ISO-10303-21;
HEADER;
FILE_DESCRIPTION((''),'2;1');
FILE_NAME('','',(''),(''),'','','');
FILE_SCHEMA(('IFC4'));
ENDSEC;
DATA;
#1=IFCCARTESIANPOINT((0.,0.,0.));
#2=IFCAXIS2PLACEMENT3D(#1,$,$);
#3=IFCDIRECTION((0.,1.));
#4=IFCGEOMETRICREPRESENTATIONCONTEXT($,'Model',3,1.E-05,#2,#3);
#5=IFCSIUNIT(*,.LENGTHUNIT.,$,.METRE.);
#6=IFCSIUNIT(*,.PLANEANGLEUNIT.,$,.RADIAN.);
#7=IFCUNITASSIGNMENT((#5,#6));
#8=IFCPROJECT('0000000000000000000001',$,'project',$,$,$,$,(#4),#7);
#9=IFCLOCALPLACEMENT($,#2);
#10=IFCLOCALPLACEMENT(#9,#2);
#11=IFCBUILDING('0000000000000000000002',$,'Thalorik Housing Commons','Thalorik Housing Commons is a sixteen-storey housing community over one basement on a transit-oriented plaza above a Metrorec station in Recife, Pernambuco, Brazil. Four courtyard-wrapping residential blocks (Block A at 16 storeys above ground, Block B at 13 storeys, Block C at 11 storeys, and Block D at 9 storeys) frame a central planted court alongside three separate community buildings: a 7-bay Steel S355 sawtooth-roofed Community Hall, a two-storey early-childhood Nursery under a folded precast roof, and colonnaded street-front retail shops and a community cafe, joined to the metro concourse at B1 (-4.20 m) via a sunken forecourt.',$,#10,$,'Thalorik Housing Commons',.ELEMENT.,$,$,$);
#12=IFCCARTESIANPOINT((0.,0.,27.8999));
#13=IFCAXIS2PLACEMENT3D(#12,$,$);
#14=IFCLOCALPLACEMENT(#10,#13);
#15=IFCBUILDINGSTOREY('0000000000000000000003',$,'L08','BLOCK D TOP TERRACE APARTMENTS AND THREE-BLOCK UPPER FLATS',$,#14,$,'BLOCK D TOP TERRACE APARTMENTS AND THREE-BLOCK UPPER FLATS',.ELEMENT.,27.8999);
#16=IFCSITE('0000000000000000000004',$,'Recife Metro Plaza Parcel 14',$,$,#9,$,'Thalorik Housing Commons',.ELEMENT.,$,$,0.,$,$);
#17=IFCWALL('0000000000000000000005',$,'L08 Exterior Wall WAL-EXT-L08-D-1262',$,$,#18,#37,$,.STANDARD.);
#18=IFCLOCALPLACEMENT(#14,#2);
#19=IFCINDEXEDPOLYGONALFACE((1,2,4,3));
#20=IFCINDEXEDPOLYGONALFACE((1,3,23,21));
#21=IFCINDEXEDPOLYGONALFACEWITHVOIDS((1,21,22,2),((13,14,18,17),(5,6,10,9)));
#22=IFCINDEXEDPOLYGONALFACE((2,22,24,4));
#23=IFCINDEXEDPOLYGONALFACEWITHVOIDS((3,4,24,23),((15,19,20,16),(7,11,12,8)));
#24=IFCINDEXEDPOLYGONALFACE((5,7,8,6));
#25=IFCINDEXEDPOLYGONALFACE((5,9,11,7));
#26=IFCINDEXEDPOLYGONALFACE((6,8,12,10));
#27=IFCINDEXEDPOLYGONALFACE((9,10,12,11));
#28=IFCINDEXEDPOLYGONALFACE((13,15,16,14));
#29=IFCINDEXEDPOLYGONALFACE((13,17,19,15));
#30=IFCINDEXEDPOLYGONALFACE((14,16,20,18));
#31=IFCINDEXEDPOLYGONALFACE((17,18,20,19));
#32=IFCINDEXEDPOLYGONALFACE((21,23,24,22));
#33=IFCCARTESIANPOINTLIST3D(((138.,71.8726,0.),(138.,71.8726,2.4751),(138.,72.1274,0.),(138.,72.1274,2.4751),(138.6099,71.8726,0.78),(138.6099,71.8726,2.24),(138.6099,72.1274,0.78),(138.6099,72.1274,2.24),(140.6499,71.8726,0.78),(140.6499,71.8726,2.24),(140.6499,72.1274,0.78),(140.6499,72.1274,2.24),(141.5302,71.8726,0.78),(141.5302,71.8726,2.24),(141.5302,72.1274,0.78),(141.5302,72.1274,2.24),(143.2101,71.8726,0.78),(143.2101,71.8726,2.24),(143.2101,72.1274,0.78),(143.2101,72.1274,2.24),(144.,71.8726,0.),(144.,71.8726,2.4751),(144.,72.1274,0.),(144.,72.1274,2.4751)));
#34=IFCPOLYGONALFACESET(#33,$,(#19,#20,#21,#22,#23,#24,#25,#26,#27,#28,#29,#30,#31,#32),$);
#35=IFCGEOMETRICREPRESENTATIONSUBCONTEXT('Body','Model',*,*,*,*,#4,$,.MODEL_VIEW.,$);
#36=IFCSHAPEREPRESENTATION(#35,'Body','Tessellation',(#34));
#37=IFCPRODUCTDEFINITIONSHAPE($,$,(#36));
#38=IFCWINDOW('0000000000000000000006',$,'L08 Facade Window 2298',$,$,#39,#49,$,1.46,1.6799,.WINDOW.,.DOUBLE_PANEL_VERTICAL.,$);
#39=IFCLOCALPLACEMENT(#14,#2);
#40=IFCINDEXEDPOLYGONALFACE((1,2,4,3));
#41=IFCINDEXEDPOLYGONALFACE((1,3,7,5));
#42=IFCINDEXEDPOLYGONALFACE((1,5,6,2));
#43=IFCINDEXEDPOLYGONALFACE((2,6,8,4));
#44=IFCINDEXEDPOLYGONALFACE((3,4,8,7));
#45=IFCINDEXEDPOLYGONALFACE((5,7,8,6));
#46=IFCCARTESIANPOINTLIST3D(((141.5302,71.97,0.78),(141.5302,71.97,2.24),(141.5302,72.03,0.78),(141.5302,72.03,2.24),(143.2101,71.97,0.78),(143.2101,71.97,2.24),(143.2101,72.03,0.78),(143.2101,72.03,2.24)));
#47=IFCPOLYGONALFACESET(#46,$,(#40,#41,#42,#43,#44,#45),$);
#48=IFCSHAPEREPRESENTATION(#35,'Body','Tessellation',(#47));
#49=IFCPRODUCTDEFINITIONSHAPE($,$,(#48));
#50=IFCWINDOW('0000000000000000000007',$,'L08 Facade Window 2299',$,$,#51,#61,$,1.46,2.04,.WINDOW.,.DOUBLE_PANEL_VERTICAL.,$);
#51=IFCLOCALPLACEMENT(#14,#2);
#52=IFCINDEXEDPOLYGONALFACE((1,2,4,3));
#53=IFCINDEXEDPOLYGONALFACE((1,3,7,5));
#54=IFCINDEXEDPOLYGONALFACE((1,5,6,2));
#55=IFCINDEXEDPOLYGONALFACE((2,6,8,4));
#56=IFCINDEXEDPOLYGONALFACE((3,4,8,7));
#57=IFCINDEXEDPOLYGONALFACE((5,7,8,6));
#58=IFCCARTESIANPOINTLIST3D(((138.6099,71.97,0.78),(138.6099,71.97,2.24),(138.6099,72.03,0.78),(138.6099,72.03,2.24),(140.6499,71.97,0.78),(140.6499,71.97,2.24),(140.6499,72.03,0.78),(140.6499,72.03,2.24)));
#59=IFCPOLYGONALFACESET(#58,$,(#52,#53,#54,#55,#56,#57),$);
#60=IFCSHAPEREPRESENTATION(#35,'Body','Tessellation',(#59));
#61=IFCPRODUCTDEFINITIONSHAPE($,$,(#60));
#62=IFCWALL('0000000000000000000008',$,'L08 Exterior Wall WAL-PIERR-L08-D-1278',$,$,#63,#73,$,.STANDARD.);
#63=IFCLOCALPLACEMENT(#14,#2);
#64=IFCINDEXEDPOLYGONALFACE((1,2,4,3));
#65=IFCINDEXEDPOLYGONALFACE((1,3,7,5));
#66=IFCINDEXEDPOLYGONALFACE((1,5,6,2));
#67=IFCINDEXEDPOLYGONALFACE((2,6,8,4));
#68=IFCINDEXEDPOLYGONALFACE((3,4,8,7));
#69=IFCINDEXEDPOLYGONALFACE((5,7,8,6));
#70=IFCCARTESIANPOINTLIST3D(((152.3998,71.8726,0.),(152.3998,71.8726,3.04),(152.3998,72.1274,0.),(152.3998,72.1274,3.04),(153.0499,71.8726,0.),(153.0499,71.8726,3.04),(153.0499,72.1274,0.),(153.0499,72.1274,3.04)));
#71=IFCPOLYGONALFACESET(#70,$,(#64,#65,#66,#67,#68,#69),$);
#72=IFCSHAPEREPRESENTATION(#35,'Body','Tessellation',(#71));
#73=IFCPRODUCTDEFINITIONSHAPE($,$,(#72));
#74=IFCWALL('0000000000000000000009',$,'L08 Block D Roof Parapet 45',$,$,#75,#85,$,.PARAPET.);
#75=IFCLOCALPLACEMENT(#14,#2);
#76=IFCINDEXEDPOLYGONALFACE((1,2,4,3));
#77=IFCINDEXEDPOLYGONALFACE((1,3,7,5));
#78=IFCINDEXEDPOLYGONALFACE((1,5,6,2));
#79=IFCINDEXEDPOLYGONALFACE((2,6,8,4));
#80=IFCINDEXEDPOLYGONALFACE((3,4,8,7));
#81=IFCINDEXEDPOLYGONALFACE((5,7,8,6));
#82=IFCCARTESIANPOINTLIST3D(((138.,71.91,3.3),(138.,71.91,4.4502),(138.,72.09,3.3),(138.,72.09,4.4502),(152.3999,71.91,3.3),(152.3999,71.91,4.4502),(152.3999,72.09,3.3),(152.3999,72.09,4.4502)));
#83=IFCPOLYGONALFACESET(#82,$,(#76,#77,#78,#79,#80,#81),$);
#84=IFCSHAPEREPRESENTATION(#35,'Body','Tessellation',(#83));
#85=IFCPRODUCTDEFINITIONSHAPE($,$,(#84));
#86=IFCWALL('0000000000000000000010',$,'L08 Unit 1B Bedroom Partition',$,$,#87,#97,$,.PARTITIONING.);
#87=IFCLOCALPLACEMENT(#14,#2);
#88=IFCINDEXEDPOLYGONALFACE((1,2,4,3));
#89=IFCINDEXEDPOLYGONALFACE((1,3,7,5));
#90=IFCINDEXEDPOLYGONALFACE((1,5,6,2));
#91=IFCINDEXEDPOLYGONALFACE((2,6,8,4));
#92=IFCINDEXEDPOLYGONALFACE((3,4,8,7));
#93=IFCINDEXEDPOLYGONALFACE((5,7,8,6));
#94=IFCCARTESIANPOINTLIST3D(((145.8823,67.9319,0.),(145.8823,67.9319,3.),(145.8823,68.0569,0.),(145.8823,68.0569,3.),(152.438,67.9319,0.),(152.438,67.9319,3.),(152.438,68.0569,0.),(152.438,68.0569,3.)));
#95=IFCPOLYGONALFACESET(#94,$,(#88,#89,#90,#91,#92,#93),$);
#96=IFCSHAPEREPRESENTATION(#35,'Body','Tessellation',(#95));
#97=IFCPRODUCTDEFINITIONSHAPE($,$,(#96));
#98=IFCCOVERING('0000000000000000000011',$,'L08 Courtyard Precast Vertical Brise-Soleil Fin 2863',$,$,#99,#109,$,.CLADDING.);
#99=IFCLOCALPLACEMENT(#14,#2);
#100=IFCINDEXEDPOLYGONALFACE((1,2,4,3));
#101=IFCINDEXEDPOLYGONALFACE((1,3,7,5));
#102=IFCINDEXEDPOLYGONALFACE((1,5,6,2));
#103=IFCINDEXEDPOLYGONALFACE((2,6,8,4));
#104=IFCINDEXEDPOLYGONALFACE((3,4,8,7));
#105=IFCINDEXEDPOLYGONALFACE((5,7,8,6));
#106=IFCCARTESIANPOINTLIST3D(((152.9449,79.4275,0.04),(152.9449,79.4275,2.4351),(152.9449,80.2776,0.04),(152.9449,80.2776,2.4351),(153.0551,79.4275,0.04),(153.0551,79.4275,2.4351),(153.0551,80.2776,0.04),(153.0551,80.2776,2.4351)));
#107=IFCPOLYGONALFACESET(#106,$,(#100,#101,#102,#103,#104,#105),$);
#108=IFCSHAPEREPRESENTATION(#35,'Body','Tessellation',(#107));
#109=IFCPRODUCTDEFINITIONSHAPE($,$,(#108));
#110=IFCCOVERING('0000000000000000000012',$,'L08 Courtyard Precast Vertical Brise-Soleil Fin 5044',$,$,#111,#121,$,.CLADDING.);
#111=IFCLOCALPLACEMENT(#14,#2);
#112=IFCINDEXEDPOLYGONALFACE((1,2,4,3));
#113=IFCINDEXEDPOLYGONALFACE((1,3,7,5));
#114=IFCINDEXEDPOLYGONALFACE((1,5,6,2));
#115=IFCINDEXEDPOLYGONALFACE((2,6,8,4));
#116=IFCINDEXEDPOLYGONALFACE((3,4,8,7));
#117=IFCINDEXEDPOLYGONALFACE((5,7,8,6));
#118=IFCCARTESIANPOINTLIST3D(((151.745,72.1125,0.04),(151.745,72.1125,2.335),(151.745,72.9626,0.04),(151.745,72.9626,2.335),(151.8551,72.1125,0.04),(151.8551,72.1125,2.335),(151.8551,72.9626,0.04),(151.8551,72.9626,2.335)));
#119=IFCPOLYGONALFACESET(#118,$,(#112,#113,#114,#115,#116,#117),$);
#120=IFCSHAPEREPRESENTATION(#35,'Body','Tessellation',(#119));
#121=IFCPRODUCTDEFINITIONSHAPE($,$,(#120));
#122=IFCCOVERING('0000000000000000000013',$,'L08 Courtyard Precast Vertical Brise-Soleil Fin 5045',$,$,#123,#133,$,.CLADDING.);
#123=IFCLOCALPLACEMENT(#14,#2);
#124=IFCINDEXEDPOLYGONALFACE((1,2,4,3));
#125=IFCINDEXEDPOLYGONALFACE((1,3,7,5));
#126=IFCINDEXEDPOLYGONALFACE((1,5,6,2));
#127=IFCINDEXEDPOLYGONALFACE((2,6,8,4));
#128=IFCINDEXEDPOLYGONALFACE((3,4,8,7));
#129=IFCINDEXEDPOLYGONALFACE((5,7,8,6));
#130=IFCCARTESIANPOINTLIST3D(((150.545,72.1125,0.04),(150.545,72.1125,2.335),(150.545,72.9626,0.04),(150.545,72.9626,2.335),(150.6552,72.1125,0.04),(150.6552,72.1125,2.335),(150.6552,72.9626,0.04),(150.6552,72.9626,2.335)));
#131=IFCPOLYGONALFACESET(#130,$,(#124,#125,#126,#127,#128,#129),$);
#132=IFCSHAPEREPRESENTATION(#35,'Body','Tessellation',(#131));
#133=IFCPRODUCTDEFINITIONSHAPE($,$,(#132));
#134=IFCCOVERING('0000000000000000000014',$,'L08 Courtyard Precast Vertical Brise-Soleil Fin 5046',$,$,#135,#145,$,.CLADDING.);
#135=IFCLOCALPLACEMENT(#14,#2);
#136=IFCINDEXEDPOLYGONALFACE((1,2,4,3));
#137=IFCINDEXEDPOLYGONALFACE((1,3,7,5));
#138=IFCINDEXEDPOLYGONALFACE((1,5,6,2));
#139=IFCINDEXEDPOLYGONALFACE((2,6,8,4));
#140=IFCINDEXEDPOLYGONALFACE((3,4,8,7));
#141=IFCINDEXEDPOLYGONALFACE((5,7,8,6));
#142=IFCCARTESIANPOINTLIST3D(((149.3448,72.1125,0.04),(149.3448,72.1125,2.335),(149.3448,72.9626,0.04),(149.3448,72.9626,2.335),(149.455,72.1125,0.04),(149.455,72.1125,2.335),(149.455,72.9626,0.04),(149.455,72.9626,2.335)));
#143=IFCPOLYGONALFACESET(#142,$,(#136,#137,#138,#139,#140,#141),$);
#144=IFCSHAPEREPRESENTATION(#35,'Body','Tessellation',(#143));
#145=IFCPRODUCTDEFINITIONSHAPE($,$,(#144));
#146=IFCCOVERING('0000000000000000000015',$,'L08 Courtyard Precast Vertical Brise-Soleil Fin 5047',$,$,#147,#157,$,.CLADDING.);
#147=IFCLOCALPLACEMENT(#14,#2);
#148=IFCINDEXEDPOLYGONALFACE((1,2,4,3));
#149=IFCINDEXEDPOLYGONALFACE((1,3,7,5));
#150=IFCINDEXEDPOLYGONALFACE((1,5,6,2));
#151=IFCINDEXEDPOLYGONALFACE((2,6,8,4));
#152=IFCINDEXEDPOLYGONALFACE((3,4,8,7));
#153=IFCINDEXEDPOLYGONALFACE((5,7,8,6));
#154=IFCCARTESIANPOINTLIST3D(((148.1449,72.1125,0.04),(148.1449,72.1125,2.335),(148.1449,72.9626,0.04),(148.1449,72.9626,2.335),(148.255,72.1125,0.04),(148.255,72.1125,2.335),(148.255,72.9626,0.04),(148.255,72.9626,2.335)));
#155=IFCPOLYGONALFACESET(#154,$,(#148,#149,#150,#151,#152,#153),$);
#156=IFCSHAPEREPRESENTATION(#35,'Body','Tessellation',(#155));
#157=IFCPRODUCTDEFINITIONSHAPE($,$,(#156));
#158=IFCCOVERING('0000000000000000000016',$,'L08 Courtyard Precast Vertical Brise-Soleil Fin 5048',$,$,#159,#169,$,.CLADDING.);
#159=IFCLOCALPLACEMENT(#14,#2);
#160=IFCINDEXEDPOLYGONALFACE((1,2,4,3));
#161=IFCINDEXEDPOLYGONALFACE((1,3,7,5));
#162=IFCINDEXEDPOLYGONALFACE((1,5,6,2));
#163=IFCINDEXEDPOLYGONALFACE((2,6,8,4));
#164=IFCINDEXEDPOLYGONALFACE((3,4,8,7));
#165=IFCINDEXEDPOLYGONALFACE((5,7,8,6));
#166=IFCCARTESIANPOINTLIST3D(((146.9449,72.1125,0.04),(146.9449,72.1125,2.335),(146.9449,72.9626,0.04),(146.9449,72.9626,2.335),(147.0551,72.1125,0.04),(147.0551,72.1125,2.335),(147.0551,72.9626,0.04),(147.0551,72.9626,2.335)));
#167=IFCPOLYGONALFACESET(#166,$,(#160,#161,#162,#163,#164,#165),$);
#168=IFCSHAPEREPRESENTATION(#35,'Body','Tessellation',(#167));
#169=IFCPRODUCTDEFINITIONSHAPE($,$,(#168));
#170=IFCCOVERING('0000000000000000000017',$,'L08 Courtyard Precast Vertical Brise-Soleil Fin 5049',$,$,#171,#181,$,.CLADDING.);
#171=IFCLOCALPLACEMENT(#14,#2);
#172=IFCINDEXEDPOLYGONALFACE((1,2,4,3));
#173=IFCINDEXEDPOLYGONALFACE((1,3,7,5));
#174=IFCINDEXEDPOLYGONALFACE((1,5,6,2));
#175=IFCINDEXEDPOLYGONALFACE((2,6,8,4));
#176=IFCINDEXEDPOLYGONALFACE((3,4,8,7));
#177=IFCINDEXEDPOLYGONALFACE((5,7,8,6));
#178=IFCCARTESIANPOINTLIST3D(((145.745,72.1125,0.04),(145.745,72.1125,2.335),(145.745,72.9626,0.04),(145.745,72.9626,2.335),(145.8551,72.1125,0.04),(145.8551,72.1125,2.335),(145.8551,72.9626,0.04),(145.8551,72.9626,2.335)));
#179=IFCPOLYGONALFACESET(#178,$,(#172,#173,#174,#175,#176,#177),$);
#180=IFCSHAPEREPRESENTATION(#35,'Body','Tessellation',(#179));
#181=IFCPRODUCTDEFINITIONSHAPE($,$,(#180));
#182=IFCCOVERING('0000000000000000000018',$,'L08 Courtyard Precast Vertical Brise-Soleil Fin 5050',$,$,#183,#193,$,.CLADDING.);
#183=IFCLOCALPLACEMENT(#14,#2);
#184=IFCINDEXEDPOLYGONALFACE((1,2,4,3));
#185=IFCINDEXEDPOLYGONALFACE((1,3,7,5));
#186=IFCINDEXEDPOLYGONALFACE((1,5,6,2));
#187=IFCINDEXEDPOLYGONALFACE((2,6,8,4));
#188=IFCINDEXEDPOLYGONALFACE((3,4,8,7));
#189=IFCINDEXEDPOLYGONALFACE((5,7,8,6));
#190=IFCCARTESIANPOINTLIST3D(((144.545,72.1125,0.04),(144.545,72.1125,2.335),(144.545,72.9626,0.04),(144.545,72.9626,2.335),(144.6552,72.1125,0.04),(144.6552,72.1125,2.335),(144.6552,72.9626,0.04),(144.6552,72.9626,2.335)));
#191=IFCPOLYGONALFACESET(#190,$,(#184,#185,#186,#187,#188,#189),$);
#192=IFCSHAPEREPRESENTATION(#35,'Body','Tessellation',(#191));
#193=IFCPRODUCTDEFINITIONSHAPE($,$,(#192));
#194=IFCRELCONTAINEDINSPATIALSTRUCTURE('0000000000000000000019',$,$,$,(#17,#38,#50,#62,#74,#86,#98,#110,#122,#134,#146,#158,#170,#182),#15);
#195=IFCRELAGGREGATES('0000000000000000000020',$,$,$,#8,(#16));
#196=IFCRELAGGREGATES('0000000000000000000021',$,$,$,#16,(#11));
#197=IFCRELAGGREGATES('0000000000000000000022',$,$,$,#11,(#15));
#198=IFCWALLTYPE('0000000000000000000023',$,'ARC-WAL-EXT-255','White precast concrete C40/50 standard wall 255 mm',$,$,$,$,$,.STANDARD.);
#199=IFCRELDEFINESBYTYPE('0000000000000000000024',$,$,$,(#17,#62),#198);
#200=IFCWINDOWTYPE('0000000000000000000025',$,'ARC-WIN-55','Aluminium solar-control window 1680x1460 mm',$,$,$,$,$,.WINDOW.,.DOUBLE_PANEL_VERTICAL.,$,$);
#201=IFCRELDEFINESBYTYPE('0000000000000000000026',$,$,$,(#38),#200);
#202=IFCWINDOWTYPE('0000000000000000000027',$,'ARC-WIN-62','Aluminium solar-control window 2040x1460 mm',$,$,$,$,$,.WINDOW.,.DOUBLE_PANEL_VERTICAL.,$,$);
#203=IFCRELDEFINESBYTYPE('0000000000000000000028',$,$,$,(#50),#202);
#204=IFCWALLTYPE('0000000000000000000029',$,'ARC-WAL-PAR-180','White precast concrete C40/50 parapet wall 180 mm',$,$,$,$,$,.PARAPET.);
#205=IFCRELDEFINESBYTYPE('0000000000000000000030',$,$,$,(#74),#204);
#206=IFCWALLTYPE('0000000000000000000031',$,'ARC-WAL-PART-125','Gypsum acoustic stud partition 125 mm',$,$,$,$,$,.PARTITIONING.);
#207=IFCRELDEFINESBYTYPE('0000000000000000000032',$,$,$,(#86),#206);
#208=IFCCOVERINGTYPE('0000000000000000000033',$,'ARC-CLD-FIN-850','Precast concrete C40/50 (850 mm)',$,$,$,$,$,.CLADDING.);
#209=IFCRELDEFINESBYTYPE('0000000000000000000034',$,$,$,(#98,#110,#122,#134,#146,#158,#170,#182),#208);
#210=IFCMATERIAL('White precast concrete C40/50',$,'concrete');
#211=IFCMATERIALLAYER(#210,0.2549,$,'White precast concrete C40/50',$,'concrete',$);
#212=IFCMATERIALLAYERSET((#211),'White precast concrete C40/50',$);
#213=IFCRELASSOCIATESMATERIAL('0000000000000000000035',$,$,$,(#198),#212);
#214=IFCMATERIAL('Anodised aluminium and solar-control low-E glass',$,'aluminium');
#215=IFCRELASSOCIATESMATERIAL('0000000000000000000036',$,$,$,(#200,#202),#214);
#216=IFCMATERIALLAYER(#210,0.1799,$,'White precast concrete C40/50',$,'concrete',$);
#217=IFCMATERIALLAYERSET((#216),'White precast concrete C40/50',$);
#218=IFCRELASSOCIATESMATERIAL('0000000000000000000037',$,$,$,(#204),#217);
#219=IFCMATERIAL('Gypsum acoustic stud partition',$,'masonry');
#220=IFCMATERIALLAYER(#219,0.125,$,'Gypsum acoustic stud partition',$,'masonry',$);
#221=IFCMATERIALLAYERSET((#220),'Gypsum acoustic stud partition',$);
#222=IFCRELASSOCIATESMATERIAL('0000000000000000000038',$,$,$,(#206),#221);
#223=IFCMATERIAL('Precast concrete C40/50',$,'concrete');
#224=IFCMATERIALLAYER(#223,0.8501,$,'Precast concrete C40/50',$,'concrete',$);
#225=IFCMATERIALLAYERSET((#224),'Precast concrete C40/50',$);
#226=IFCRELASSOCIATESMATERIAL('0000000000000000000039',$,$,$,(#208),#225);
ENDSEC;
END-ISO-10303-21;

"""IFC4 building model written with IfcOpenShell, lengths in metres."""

from ifc_helpers import new_model, si_unit, direction, frame, frame_2d, origin, origin_2d, place, context, subcontext, project, spatial, rectangle, extrude, material, layer, layer_set, type_object, element, fill, save


model = new_model("IFC4")

# Units and contexts
model_context = context("Model", 3, precision=1e-05, world=origin(), true_north=direction((0.0, 1.0)))
body_context = subcontext(model_context, "Body", "Model", "MODEL_VIEW")
ifc_project = project(units=[si_unit("LENGTHUNIT", "METRE"), si_unit("PLANEANGLEUNIT", "RADIAN")], contexts=[model_context])

# Site, building, storey
site_placement = place(None, origin())
site = spatial("IfcSite", under=ifc_project, at=site_placement, Name="Recife Metro Plaza Parcel 14", LongName="Thalorik Housing Commons", CompositionType="ELEMENT", RefElevation=0.0)
building_placement = place(site_placement, origin())
building = spatial("IfcBuilding", under=site, at=building_placement, Name="Thalorik Housing Commons", Description="Thalorik Housing Commons is a sixteen-storey housing community over one basement on a transit-oriented plaza above a Metrorec station in Recife, Pernambuco, Brazil. Four courtyard-wrapping residential blocks (Block A at 16 storeys above ground, Block B at 13 storeys, Block C at 11 storeys, and Block D at 9 storeys) frame a central planted court alongside three separate community buildings: a 7-bay Steel S355 sawtooth-roofed Community Hall, a two-storey early-childhood Nursery under a folded precast roof, and colonnaded street-front retail shops and a community cafe, joined to the metro concourse at B1 (-4.20 m) via a sunken forecourt.", LongName="Thalorik Housing Commons", CompositionType="ELEMENT")
storey_placement = place(building_placement, frame((0.0, 0.0, 27.8999)))
storey = spatial("IfcBuildingStorey", under=building, at=storey_placement, Name="L08", Description="BLOCK D TOP TERRACE APARTMENTS AND THREE-BLOCK UPPER FLATS", LongName="BLOCK D TOP TERRACE APARTMENTS AND THREE-BLOCK UPPER FLATS", CompositionType="ELEMENT", Elevation=27.8999)

# Shared definitions
ifc_material_1 = material(Name="Precast concrete C40/50", Category="concrete")

# Wall, openings, windows
ifc_material_2 = material(Name="White precast concrete C40/50", Category="concrete")
ifc_layer_1 = layer(ifc_material_2, 0.2549, Name="White precast concrete C40/50", Category="concrete")
ifc_layer_set_1 = layer_set([ifc_layer_1], Name="White precast concrete C40/50")
wall_type_1 = type_object("IfcWallType", Name="ARC-WAL-EXT-255", Description="White precast concrete C40/50 standard wall 255 mm", PredefinedType="STANDARD", material=ifc_layer_set_1)
ifc_material_3 = material(Name="Anodised aluminium and solar-control low-E glass", Category="aluminium")
wall_1_placement = place(storey_placement, frame((144.0, 72.0, 0.0), z_axis=(0.0, 0.0, 1.0), x_axis=(-1.0, 0.0, 0.0)))
wall_1 = element("IfcWall", 1, at=wall_1_placement, inside=storey, type_object=wall_type_1, Name="L08 Exterior Wall WAL-EXT-L08-D-1262", PredefinedType="STANDARD", context=body_context, shape_type="SweptSolid", body=[
    extrude(rectangle(XDim=6.0, YDim=0.2549, at=frame_2d((3.0, 0.0))), origin(), (0.0, 0.0, 1.0), 2.4751),
])
opening_1_placement = place(wall_1_placement, frame((0.79, 0.0, 0.78)))
opening_1 = element("IfcOpeningElement", 2, at=opening_1_placement, cuts=wall_1, PredefinedType="OPENING", context=body_context, shape_type="SweptSolid", body=[
    extrude(rectangle(XDim=1.6799, YDim=1.46, at=frame_2d((0.8398, 0.73))), frame((0.0, 0.1375, 0.0), z_axis=(0.0, -1.0, 0.0), x_axis=(1.0, 0.0, 0.0)), (0.0, 0.0, 1.0), 0.2749),
])
opening_2_placement = place(wall_1_placement, frame((3.3501, 0.0, 0.78)))
opening_2 = element("IfcOpeningElement", 3, at=opening_2_placement, cuts=wall_1, PredefinedType="OPENING", context=body_context, shape_type="SweptSolid", body=[
    extrude(rectangle(XDim=2.04, YDim=1.46, at=frame_2d((1.02, 0.73))), frame((0.0, 0.1375, 0.0), z_axis=(0.0, -1.0, 0.0), x_axis=(1.0, 0.0, 0.0)), (0.0, 0.0, 1.0), 0.2749),
])
window_type_1 = type_object("IfcWindowType", Name="ARC-WIN-55", Description="Aluminium solar-control window 1680x1460 mm", PartitioningType="DOUBLE_PANEL_VERTICAL", PredefinedType="WINDOW", material=ifc_material_3)
window_1_placement = place(opening_1_placement, origin())
window_1 = element("IfcWindow", 4, at=window_1_placement, inside=storey, type_object=window_type_1, Name="L08 Facade Window 2298", OverallHeight=1.46, OverallWidth=1.6799, PartitioningType="DOUBLE_PANEL_VERTICAL", PredefinedType="WINDOW", context=body_context, shape_type="SweptSolid", body=[
    extrude(rectangle(XDim=1.6799, YDim=1.46, at=frame_2d((0.8398, 0.73))), frame((0.0, 0.03, 0.0), z_axis=(0.0, -1.0, 0.0), x_axis=(1.0, 0.0, 0.0)), (0.0, 0.0, 1.0), 0.0601),
])
fill(opening_1, window_1)
window_type_2 = type_object("IfcWindowType", Name="ARC-WIN-62", Description="Aluminium solar-control window 2040x1460 mm", PartitioningType="DOUBLE_PANEL_VERTICAL", PredefinedType="WINDOW", material=ifc_material_3)
window_2_placement = place(opening_2_placement, origin())
window_2 = element("IfcWindow", 5, at=window_2_placement, inside=storey, type_object=window_type_2, Name="L08 Facade Window 2299", OverallHeight=1.46, OverallWidth=2.04, PartitioningType="DOUBLE_PANEL_VERTICAL", PredefinedType="WINDOW", context=body_context, shape_type="SweptSolid", body=[
    extrude(rectangle(XDim=2.04, YDim=1.46, at=frame_2d((1.02, 0.73))), frame((0.0, 0.03, 0.0), z_axis=(0.0, -1.0, 0.0), x_axis=(1.0, 0.0, 0.0)), (0.0, 0.0, 1.0), 0.0601),
])
fill(opening_2, window_2)

# Walls
wall_2_placement = place(storey_placement, frame((153.05, 72.0, 0.0), z_axis=(0.0, 0.0, 1.0), x_axis=(-1.0, 0.0, 0.0)))
element("IfcWall", 6, at=wall_2_placement, inside=storey, type_object=wall_type_1, Name="L08 Exterior Wall WAL-PIERR-L08-D-1278", PredefinedType="STANDARD", context=body_context, shape_type="SweptSolid", body=[
    extrude(rectangle(XDim=0.6501, YDim=0.2549, at=frame_2d((0.3252, 0.0))), origin(), (0.0, 0.0, 1.0), 3.04),
])
ifc_layer_2 = layer(ifc_material_2, 0.1799, Name="White precast concrete C40/50", Category="concrete")
ifc_layer_set_2 = layer_set([ifc_layer_2], Name="White precast concrete C40/50")
wall_type_2 = type_object("IfcWallType", Name="ARC-WAL-PAR-180", Description="White precast concrete C40/50 parapet wall 180 mm", PredefinedType="PARAPET", material=ifc_layer_set_2)
wall_3_placement = place(storey_placement, frame((152.3999, 72.0, 3.3), z_axis=(0.0, 0.0, 1.0), x_axis=(-1.0, 0.0, 0.0)))
element("IfcWall", 7, at=wall_3_placement, inside=storey, type_object=wall_type_2, Name="L08 Block D Roof Parapet 45", PredefinedType="PARAPET", context=body_context, shape_type="SweptSolid", body=[
    extrude(rectangle(XDim=14.3999, YDim=0.1799, at=frame_2d((7.2, 0.0))), origin(), (0.0, 0.0, 1.0), 1.1501),
])
ifc_material_4 = material(Name="Gypsum acoustic stud partition", Category="masonry")
ifc_layer_3 = layer(ifc_material_4, 0.125, Name="Gypsum acoustic stud partition", Category="masonry")
ifc_layer_set_3 = layer_set([ifc_layer_3], Name="Gypsum acoustic stud partition")
wall_type_3 = type_object("IfcWallType", Name="ARC-WAL-PART-125", Description="Gypsum acoustic stud partition 125 mm", PredefinedType="PARTITIONING", material=ifc_layer_set_3)
wall_4_placement = place(storey_placement, frame((145.8823, 67.9944, 0.0), z_axis=(0.0, 0.0, 1.0), x_axis=(1.0, 0.0, 0.0)))
element("IfcWall", 8, at=wall_4_placement, inside=storey, type_object=wall_type_3, Name="L08 Unit 1B Bedroom Partition", PredefinedType="PARTITIONING", context=body_context, shape_type="SweptSolid", body=[
    extrude(rectangle(XDim=6.5557, YDim=0.125, at=frame_2d((3.2778, 0.0))), origin(), (0.0, 0.0, 1.0), 3.0),
])

# Coverings
ifc_layer_4 = layer(ifc_material_1, 0.8501, Name="Precast concrete C40/50", Category="concrete")
ifc_layer_set_4 = layer_set([ifc_layer_4], Name="Precast concrete C40/50")
covering_type_1 = type_object("IfcCoveringType", Name="ARC-CLD-FIN-850", Description="Precast concrete C40/50 (850 mm)", PredefinedType="CLADDING", material=ifc_layer_set_4)
covering_1_placement = place(storey_placement, frame((153.0, 79.8525, 0.04), z_axis=(0.0, 0.0, 1.0), x_axis=(1.0, 0.0, 0.0)))
element("IfcCovering", 9, at=covering_1_placement, inside=storey, type_object=covering_type_1, Name="L08 Courtyard Precast Vertical Brise-Soleil Fin 2863", PredefinedType="CLADDING", context=body_context, shape_type="SweptSolid", body=[
    extrude(rectangle(XDim=0.1101, YDim=0.8501, at=origin_2d()), origin(), (0.0, 0.0, 1.0), 2.395),
])
for number, where, z_axis, x_axis, name in (
    (10, (151.8, 72.5376, 0.04), (0.0, 0.0, 1.0), (-1.0, 0.0, 0.0), "L08 Courtyard Precast Vertical Brise-Soleil Fin 5044"),
    (11, (150.6001, 72.5376, 0.04), (0.0, 0.0, 1.0), (-1.0, 0.0, 0.0), "L08 Courtyard Precast Vertical Brise-Soleil Fin 5045"),
    (12, (149.3999, 72.5376, 0.04), (0.0, 0.0, 1.0), (-1.0, 0.0, 0.0), "L08 Courtyard Precast Vertical Brise-Soleil Fin 5046"),
    (13, (148.2, 72.5376, 0.04), (0.0, 0.0, 1.0), (-1.0, 0.0, 0.0), "L08 Courtyard Precast Vertical Brise-Soleil Fin 5047"),
    (14, (147.0, 72.5376, 0.04), (0.0, 0.0, 1.0), (-1.0, 0.0, 0.0), "L08 Courtyard Precast Vertical Brise-Soleil Fin 5048"),
    (15, (145.8, 72.5376, 0.04), (0.0, 0.0, 1.0), (-1.0, 0.0, 0.0), "L08 Courtyard Precast Vertical Brise-Soleil Fin 5049"),
    (16, (144.6001, 72.5376, 0.04), (0.0, 0.0, 1.0), (-1.0, 0.0, 0.0), "L08 Courtyard Precast Vertical Brise-Soleil Fin 5050"),
):
    element("IfcCovering", number, at=place(storey_placement, frame(where, z_axis=z_axis, x_axis=x_axis)), inside=storey, type_object=covering_type_1, Name=name, PredefinedType="CLADDING", context=body_context, shape_type="SweptSolid", body=[
        extrude(rectangle(XDim=0.1101, YDim=0.8501, at=origin_2d()), origin(), (0.0, 0.0, 1.0), 2.2949),
    ])

save(model, "model.ifc")
